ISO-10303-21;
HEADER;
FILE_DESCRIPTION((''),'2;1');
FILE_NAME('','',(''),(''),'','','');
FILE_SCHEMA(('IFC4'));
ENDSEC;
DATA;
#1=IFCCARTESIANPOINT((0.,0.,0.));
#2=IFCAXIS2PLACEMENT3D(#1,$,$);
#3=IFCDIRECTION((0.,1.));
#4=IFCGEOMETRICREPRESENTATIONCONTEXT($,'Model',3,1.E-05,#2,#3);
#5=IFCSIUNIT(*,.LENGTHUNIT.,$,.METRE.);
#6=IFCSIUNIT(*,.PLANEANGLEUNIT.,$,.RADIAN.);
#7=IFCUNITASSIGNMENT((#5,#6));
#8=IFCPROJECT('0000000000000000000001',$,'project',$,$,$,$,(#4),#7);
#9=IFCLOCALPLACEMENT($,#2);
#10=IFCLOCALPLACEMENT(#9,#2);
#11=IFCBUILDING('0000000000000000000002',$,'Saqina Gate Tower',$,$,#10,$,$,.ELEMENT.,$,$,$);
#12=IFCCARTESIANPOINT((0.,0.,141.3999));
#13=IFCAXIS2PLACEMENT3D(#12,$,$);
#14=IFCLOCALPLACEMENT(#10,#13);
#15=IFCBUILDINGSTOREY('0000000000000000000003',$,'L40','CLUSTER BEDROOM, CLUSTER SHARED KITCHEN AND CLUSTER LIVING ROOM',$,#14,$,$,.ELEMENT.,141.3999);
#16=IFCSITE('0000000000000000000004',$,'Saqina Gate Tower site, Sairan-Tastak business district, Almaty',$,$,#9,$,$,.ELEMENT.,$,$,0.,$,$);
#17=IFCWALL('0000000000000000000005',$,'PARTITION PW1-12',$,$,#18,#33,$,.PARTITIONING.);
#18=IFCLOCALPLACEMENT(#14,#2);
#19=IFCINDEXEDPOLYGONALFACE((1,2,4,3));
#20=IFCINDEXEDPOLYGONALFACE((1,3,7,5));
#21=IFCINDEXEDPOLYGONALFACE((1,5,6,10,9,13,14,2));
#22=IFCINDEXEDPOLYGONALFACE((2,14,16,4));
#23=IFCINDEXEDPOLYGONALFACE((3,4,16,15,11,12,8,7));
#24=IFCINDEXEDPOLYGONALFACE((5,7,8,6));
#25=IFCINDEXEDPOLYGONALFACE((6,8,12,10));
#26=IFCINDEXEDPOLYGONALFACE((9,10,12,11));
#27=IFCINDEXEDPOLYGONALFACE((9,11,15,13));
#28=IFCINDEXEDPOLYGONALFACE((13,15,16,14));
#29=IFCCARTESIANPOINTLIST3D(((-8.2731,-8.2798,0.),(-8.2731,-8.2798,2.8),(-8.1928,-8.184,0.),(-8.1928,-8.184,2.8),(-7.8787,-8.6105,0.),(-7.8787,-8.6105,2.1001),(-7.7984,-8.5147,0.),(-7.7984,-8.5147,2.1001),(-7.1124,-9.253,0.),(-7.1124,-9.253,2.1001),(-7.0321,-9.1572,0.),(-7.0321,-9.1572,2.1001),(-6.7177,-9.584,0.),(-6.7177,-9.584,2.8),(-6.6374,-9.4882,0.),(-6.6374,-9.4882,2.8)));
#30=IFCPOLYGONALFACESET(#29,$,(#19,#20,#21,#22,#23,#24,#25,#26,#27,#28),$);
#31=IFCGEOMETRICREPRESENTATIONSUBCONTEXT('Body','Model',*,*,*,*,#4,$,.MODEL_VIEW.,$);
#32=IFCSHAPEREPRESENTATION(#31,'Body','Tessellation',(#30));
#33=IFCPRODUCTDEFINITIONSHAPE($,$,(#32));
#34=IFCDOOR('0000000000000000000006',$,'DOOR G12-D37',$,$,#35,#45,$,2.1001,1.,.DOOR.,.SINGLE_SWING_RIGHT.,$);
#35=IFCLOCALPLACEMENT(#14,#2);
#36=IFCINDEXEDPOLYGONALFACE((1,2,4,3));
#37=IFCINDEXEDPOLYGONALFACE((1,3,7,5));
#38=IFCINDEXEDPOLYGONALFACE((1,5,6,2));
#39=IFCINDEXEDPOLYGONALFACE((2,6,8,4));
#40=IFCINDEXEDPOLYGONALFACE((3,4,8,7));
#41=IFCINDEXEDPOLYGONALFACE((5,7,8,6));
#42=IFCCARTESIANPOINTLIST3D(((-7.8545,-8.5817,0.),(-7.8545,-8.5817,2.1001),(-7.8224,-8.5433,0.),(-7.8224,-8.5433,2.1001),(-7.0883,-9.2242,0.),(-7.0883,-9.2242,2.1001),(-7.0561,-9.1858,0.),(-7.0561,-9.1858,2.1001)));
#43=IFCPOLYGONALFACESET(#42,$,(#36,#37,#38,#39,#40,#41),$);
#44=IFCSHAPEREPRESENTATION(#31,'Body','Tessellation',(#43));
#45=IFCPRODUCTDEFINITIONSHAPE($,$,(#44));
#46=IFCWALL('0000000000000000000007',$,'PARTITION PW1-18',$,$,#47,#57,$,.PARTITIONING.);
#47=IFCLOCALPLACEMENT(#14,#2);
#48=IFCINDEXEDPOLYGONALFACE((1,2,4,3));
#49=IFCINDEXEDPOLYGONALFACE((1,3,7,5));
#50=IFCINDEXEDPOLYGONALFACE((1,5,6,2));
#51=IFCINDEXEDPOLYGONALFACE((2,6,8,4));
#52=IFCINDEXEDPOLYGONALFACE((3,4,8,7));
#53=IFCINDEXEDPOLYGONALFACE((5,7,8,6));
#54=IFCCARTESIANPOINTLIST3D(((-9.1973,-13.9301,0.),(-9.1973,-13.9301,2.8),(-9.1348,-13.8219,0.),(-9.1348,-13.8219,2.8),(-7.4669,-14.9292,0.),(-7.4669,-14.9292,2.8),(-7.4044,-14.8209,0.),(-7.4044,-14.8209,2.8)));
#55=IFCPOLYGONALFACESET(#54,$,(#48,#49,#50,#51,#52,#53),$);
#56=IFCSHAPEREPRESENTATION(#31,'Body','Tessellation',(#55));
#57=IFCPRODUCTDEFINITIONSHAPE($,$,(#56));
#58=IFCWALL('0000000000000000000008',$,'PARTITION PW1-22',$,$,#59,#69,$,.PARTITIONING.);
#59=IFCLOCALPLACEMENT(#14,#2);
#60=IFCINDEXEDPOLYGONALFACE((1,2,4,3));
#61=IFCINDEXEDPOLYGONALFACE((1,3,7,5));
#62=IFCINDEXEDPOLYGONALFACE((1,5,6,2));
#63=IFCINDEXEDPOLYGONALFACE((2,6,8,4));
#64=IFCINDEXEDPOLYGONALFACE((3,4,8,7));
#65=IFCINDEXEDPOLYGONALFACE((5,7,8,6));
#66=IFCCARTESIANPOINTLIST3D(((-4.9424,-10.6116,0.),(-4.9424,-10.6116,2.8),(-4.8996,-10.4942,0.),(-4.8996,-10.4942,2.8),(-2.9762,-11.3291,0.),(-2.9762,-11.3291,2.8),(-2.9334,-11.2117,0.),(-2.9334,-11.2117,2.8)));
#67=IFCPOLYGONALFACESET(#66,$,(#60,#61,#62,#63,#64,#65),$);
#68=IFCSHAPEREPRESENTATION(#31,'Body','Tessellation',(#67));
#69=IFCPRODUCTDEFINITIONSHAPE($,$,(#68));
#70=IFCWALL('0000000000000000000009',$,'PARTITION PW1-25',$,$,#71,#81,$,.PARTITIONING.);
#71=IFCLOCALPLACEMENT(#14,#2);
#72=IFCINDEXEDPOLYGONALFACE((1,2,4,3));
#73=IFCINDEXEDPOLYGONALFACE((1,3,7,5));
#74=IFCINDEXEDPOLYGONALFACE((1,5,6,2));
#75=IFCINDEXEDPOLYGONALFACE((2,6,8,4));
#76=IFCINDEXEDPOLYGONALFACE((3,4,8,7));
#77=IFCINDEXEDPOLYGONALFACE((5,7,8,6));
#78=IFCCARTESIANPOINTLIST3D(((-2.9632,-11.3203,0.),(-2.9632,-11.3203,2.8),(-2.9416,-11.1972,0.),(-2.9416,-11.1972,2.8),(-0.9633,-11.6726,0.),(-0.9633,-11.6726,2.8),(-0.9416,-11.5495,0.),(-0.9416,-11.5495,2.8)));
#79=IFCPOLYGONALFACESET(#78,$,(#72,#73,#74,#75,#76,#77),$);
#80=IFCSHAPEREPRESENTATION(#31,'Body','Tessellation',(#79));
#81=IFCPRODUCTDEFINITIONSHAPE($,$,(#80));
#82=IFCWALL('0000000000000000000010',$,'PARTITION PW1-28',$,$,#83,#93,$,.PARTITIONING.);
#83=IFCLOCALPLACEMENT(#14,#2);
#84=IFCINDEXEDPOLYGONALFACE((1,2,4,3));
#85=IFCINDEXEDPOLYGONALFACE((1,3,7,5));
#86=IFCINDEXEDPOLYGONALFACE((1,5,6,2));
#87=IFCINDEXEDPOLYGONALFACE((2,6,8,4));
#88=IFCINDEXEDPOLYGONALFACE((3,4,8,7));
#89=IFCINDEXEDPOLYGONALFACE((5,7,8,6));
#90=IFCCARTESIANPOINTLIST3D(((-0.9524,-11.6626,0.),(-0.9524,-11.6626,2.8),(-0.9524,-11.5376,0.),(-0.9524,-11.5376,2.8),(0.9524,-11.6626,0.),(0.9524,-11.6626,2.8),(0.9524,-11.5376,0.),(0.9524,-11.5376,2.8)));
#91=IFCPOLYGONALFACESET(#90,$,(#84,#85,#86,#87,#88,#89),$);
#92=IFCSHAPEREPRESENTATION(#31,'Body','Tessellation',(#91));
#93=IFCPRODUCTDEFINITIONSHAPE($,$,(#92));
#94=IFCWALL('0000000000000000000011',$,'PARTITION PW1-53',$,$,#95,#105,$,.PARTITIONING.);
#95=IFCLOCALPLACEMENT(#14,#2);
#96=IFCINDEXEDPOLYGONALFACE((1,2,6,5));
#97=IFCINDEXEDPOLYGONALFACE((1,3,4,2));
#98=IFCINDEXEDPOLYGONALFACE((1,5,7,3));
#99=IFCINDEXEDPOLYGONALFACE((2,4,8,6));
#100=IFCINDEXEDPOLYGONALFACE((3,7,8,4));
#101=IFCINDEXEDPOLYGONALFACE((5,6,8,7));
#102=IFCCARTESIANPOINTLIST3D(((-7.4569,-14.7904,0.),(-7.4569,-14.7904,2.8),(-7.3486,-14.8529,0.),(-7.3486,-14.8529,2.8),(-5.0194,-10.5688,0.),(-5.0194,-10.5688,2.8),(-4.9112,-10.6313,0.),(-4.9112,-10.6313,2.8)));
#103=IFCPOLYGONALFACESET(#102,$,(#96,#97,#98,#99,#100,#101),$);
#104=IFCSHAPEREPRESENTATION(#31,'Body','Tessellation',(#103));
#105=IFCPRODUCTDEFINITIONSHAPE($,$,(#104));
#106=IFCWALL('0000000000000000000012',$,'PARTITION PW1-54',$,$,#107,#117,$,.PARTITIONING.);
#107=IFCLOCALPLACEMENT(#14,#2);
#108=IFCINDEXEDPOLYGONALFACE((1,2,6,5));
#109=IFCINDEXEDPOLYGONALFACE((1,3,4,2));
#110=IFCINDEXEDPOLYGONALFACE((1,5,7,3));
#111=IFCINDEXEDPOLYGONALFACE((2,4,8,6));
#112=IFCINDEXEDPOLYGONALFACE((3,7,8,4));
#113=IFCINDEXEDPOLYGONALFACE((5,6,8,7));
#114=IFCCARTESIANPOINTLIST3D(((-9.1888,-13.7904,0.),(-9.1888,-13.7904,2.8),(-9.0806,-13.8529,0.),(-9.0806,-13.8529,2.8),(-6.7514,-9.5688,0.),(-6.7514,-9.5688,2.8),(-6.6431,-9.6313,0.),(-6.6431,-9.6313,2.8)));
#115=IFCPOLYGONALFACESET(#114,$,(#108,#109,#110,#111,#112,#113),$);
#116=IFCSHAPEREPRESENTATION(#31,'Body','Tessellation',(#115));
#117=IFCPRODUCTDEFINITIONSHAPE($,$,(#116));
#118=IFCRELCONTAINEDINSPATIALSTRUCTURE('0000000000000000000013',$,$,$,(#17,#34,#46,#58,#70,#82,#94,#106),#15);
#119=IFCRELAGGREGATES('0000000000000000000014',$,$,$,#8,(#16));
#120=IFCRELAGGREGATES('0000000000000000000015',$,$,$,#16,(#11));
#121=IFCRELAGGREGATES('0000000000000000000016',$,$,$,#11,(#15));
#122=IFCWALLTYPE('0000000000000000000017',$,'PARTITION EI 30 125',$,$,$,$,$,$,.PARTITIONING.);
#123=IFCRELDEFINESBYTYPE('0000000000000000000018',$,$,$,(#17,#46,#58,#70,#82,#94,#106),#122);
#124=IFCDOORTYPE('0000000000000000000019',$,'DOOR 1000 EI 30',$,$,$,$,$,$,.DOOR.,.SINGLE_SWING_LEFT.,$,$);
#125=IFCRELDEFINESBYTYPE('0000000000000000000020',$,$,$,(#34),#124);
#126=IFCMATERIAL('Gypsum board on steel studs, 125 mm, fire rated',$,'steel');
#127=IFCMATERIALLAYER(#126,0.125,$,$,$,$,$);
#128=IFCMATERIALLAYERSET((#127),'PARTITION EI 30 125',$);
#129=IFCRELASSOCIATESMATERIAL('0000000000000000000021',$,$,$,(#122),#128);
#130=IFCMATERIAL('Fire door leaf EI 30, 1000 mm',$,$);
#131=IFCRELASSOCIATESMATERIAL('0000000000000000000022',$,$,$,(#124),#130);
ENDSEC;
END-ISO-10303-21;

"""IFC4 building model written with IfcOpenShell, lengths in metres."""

from ifc_helpers import new_model, si_unit, direction, frame, frame_2d, origin, place, context, subcontext, project, spatial, rectangle, extrude, material, layer, layer_set, type_object, element, fill, save


model = new_model("IFC4")

# Units and contexts
model_context = context("Model", 3, precision=1e-05, world=origin(), true_north=direction((0.0, 1.0)))
body_context = subcontext(model_context, "Body", "Model", "MODEL_VIEW")
ifc_project = project(units=[si_unit("LENGTHUNIT", "METRE"), si_unit("PLANEANGLEUNIT", "RADIAN")], contexts=[model_context])

# Site, building, storey
site_placement = place(None, origin())
site = spatial("IfcSite", under=ifc_project, at=site_placement, Name="Saqina Gate Tower site, Sairan-Tastak business district, Almaty", CompositionType="ELEMENT", RefElevation=0.0)
building_placement = place(site_placement, origin())
building = spatial("IfcBuilding", under=site, at=building_placement, Name="Saqina Gate Tower", CompositionType="ELEMENT")
storey_placement = place(building_placement, frame((0.0, 0.0, 141.3999)))
storey = spatial("IfcBuildingStorey", under=building, at=storey_placement, Name="L40", Description="CLUSTER BEDROOM, CLUSTER SHARED KITCHEN AND CLUSTER LIVING ROOM", CompositionType="ELEMENT", Elevation=141.3999)

# Wall, opening, door
ifc_material_1 = material(Name="Gypsum board on steel studs, 125 mm, fire rated", Category="steel")
ifc_layer_1 = layer(ifc_material_1, 0.125)
ifc_layer_set_1 = layer_set([ifc_layer_1], Name="PARTITION EI 30 125")
wall_type_1 = type_object("IfcWallType", Name="PARTITION EI 30 125", PredefinedType="PARTITIONING", material=ifc_layer_set_1)
wall_1_placement = place(storey_placement, frame((-8.2329, -8.2319, 0.0), z_axis=(0.0, 0.0, 1.0), x_axis=(0.766276, -0.642512, 0.0)))
wall_1 = element("IfcWall", 1, at=wall_1_placement, inside=storey, type_object=wall_type_1, Name="PARTITION PW1-12", PredefinedType="PARTITIONING", context=body_context, shape_type="SweptSolid", body=[
    extrude(rectangle(XDim=2.0298, YDim=0.125, at=frame_2d((1.0149, 0.0))), origin(), (0.0, 0.0, 1.0), 2.8),
])
opening_1_placement = place(wall_1_placement, frame((0.5146, 0.0, 0.0)))
opening_1 = element("IfcOpeningElement", 2, at=opening_1_placement, cuts=wall_1, PredefinedType="OPENING", context=body_context, shape_type="SweptSolid", body=[
    extrude(rectangle(XDim=1.0, YDim=2.1001, at=frame_2d((0.5, 1.05))), frame((0.0, 0.0745, 0.0), z_axis=(0.0, -1.0, 0.0), x_axis=(1.0, 0.0, 0.0)), (0.0, 0.0, 1.0), 0.1489),
])
ifc_material_2 = material(Name="Fire door leaf EI 30, 1000 mm")
door_type = type_object("IfcDoorType", Name="DOOR 1000 EI 30", OperationType="SINGLE_SWING_LEFT", PredefinedType="DOOR", material=ifc_material_2)
door_placement = place(opening_1_placement, frame((1.0, 0.0, 0.0), z_axis=(0.0, 0.0, 1.0), x_axis=(-1.0, 0.0, 0.0)))
door = element("IfcDoor", 3, at=door_placement, inside=storey, type_object=door_type, Name="DOOR G12-D37", OperationType="SINGLE_SWING_RIGHT", OverallHeight=2.1001, OverallWidth=1.0, PredefinedType="DOOR", context=body_context, shape_type="SweptSolid", body=[
    extrude(rectangle(XDim=1.0, YDim=2.1001, at=frame_2d((0.5, 1.05))), frame((0.0, 0.0249, 0.0), z_axis=(0.0, -1.0, 0.0), x_axis=(1.0, 0.0, 0.0)), (0.0, 0.0, 1.0), 0.05),
])
fill(opening_1, door)

# Walls
wall_2_placement = place(storey_placement, frame((-9.166, -13.876, 0.0), z_axis=(0.0, 0.0, 1.0), x_axis=(0.866009, -0.500029, 0.0)))
element("IfcWall", 4, at=wall_2_placement, inside=storey, type_object=wall_type_1, Name="PARTITION PW1-18", PredefinedType="PARTITIONING", context=body_context, shape_type="SweptSolid", body=[
    extrude(rectangle(XDim=1.998, YDim=0.125, at=frame_2d((0.999, 0.0))), origin(), (0.0, 0.0, 1.0), 2.8),
])
wall_3_placement = place(storey_placement, frame((-4.9209, -10.553, 0.0), z_axis=(0.0, 0.0, 1.0), x_axis=(0.939408, -0.342801, 0.0)))
element("IfcWall", 5, at=wall_3_placement, inside=storey, type_object=wall_type_1, Name="PARTITION PW1-22", PredefinedType="PARTITIONING", context=body_context, shape_type="SweptSolid", body=[
    extrude(rectangle(XDim=2.093, YDim=0.125, at=frame_2d((1.0464, 0.0))), origin(), (0.0, 0.0, 1.0), 2.8),
])
wall_4_placement = place(storey_placement, frame((-2.9524, -11.2588, 0.0), z_axis=(0.0, 0.0, 1.0), x_axis=(0.984838, -0.173477, 0.0)))
element("IfcWall", 6, at=wall_4_placement, inside=storey, type_object=wall_type_1, Name="PARTITION PW1-25", PredefinedType="PARTITIONING", context=body_context, shape_type="SweptSolid", body=[
    extrude(rectangle(XDim=2.0308, YDim=0.125, at=frame_2d((1.0154, 0.0))), origin(), (0.0, 0.0, 1.0), 2.8),
])
wall_5_placement = place(storey_placement, frame((-0.9524, -11.6001, 0.0), z_axis=(0.0, 0.0, 1.0), x_axis=(1.0, 0.0, 0.0)))
element("IfcWall", 7, at=wall_5_placement, inside=storey, type_object=wall_type_1, Name="PARTITION PW1-28", PredefinedType="PARTITIONING", context=body_context, shape_type="SweptSolid", body=[
    extrude(rectangle(XDim=1.9048, YDim=0.125, at=frame_2d((0.9524, 0.0))), origin(), (0.0, 0.0, 1.0), 2.8),
])
for number, where, z_axis, x_axis, name in (
    (8, (-7.4028, -14.8218, 0.0), (0.0, 0.0, 1.0), (0.500017, 0.866015, 0.0), "PARTITION PW1-53"),
    (9, (-9.1348, -13.8218, 0.0), (0.0, 0.0, 1.0), (0.500017, 0.866015, 0.0), "PARTITION PW1-54"),
):
    element("IfcWall", number, at=place(storey_placement, frame(where, z_axis=z_axis, x_axis=x_axis)), inside=storey, type_object=wall_type_1, Name=name, PredefinedType="PARTITIONING", context=body_context, shape_type="SweptSolid", body=[
        extrude(rectangle(XDim=4.8748, YDim=0.125, at=frame_2d((2.4375, 0.0))), origin(), (0.0, 0.0, 1.0), 2.8),
    ])

save(model, "model.ifc")
